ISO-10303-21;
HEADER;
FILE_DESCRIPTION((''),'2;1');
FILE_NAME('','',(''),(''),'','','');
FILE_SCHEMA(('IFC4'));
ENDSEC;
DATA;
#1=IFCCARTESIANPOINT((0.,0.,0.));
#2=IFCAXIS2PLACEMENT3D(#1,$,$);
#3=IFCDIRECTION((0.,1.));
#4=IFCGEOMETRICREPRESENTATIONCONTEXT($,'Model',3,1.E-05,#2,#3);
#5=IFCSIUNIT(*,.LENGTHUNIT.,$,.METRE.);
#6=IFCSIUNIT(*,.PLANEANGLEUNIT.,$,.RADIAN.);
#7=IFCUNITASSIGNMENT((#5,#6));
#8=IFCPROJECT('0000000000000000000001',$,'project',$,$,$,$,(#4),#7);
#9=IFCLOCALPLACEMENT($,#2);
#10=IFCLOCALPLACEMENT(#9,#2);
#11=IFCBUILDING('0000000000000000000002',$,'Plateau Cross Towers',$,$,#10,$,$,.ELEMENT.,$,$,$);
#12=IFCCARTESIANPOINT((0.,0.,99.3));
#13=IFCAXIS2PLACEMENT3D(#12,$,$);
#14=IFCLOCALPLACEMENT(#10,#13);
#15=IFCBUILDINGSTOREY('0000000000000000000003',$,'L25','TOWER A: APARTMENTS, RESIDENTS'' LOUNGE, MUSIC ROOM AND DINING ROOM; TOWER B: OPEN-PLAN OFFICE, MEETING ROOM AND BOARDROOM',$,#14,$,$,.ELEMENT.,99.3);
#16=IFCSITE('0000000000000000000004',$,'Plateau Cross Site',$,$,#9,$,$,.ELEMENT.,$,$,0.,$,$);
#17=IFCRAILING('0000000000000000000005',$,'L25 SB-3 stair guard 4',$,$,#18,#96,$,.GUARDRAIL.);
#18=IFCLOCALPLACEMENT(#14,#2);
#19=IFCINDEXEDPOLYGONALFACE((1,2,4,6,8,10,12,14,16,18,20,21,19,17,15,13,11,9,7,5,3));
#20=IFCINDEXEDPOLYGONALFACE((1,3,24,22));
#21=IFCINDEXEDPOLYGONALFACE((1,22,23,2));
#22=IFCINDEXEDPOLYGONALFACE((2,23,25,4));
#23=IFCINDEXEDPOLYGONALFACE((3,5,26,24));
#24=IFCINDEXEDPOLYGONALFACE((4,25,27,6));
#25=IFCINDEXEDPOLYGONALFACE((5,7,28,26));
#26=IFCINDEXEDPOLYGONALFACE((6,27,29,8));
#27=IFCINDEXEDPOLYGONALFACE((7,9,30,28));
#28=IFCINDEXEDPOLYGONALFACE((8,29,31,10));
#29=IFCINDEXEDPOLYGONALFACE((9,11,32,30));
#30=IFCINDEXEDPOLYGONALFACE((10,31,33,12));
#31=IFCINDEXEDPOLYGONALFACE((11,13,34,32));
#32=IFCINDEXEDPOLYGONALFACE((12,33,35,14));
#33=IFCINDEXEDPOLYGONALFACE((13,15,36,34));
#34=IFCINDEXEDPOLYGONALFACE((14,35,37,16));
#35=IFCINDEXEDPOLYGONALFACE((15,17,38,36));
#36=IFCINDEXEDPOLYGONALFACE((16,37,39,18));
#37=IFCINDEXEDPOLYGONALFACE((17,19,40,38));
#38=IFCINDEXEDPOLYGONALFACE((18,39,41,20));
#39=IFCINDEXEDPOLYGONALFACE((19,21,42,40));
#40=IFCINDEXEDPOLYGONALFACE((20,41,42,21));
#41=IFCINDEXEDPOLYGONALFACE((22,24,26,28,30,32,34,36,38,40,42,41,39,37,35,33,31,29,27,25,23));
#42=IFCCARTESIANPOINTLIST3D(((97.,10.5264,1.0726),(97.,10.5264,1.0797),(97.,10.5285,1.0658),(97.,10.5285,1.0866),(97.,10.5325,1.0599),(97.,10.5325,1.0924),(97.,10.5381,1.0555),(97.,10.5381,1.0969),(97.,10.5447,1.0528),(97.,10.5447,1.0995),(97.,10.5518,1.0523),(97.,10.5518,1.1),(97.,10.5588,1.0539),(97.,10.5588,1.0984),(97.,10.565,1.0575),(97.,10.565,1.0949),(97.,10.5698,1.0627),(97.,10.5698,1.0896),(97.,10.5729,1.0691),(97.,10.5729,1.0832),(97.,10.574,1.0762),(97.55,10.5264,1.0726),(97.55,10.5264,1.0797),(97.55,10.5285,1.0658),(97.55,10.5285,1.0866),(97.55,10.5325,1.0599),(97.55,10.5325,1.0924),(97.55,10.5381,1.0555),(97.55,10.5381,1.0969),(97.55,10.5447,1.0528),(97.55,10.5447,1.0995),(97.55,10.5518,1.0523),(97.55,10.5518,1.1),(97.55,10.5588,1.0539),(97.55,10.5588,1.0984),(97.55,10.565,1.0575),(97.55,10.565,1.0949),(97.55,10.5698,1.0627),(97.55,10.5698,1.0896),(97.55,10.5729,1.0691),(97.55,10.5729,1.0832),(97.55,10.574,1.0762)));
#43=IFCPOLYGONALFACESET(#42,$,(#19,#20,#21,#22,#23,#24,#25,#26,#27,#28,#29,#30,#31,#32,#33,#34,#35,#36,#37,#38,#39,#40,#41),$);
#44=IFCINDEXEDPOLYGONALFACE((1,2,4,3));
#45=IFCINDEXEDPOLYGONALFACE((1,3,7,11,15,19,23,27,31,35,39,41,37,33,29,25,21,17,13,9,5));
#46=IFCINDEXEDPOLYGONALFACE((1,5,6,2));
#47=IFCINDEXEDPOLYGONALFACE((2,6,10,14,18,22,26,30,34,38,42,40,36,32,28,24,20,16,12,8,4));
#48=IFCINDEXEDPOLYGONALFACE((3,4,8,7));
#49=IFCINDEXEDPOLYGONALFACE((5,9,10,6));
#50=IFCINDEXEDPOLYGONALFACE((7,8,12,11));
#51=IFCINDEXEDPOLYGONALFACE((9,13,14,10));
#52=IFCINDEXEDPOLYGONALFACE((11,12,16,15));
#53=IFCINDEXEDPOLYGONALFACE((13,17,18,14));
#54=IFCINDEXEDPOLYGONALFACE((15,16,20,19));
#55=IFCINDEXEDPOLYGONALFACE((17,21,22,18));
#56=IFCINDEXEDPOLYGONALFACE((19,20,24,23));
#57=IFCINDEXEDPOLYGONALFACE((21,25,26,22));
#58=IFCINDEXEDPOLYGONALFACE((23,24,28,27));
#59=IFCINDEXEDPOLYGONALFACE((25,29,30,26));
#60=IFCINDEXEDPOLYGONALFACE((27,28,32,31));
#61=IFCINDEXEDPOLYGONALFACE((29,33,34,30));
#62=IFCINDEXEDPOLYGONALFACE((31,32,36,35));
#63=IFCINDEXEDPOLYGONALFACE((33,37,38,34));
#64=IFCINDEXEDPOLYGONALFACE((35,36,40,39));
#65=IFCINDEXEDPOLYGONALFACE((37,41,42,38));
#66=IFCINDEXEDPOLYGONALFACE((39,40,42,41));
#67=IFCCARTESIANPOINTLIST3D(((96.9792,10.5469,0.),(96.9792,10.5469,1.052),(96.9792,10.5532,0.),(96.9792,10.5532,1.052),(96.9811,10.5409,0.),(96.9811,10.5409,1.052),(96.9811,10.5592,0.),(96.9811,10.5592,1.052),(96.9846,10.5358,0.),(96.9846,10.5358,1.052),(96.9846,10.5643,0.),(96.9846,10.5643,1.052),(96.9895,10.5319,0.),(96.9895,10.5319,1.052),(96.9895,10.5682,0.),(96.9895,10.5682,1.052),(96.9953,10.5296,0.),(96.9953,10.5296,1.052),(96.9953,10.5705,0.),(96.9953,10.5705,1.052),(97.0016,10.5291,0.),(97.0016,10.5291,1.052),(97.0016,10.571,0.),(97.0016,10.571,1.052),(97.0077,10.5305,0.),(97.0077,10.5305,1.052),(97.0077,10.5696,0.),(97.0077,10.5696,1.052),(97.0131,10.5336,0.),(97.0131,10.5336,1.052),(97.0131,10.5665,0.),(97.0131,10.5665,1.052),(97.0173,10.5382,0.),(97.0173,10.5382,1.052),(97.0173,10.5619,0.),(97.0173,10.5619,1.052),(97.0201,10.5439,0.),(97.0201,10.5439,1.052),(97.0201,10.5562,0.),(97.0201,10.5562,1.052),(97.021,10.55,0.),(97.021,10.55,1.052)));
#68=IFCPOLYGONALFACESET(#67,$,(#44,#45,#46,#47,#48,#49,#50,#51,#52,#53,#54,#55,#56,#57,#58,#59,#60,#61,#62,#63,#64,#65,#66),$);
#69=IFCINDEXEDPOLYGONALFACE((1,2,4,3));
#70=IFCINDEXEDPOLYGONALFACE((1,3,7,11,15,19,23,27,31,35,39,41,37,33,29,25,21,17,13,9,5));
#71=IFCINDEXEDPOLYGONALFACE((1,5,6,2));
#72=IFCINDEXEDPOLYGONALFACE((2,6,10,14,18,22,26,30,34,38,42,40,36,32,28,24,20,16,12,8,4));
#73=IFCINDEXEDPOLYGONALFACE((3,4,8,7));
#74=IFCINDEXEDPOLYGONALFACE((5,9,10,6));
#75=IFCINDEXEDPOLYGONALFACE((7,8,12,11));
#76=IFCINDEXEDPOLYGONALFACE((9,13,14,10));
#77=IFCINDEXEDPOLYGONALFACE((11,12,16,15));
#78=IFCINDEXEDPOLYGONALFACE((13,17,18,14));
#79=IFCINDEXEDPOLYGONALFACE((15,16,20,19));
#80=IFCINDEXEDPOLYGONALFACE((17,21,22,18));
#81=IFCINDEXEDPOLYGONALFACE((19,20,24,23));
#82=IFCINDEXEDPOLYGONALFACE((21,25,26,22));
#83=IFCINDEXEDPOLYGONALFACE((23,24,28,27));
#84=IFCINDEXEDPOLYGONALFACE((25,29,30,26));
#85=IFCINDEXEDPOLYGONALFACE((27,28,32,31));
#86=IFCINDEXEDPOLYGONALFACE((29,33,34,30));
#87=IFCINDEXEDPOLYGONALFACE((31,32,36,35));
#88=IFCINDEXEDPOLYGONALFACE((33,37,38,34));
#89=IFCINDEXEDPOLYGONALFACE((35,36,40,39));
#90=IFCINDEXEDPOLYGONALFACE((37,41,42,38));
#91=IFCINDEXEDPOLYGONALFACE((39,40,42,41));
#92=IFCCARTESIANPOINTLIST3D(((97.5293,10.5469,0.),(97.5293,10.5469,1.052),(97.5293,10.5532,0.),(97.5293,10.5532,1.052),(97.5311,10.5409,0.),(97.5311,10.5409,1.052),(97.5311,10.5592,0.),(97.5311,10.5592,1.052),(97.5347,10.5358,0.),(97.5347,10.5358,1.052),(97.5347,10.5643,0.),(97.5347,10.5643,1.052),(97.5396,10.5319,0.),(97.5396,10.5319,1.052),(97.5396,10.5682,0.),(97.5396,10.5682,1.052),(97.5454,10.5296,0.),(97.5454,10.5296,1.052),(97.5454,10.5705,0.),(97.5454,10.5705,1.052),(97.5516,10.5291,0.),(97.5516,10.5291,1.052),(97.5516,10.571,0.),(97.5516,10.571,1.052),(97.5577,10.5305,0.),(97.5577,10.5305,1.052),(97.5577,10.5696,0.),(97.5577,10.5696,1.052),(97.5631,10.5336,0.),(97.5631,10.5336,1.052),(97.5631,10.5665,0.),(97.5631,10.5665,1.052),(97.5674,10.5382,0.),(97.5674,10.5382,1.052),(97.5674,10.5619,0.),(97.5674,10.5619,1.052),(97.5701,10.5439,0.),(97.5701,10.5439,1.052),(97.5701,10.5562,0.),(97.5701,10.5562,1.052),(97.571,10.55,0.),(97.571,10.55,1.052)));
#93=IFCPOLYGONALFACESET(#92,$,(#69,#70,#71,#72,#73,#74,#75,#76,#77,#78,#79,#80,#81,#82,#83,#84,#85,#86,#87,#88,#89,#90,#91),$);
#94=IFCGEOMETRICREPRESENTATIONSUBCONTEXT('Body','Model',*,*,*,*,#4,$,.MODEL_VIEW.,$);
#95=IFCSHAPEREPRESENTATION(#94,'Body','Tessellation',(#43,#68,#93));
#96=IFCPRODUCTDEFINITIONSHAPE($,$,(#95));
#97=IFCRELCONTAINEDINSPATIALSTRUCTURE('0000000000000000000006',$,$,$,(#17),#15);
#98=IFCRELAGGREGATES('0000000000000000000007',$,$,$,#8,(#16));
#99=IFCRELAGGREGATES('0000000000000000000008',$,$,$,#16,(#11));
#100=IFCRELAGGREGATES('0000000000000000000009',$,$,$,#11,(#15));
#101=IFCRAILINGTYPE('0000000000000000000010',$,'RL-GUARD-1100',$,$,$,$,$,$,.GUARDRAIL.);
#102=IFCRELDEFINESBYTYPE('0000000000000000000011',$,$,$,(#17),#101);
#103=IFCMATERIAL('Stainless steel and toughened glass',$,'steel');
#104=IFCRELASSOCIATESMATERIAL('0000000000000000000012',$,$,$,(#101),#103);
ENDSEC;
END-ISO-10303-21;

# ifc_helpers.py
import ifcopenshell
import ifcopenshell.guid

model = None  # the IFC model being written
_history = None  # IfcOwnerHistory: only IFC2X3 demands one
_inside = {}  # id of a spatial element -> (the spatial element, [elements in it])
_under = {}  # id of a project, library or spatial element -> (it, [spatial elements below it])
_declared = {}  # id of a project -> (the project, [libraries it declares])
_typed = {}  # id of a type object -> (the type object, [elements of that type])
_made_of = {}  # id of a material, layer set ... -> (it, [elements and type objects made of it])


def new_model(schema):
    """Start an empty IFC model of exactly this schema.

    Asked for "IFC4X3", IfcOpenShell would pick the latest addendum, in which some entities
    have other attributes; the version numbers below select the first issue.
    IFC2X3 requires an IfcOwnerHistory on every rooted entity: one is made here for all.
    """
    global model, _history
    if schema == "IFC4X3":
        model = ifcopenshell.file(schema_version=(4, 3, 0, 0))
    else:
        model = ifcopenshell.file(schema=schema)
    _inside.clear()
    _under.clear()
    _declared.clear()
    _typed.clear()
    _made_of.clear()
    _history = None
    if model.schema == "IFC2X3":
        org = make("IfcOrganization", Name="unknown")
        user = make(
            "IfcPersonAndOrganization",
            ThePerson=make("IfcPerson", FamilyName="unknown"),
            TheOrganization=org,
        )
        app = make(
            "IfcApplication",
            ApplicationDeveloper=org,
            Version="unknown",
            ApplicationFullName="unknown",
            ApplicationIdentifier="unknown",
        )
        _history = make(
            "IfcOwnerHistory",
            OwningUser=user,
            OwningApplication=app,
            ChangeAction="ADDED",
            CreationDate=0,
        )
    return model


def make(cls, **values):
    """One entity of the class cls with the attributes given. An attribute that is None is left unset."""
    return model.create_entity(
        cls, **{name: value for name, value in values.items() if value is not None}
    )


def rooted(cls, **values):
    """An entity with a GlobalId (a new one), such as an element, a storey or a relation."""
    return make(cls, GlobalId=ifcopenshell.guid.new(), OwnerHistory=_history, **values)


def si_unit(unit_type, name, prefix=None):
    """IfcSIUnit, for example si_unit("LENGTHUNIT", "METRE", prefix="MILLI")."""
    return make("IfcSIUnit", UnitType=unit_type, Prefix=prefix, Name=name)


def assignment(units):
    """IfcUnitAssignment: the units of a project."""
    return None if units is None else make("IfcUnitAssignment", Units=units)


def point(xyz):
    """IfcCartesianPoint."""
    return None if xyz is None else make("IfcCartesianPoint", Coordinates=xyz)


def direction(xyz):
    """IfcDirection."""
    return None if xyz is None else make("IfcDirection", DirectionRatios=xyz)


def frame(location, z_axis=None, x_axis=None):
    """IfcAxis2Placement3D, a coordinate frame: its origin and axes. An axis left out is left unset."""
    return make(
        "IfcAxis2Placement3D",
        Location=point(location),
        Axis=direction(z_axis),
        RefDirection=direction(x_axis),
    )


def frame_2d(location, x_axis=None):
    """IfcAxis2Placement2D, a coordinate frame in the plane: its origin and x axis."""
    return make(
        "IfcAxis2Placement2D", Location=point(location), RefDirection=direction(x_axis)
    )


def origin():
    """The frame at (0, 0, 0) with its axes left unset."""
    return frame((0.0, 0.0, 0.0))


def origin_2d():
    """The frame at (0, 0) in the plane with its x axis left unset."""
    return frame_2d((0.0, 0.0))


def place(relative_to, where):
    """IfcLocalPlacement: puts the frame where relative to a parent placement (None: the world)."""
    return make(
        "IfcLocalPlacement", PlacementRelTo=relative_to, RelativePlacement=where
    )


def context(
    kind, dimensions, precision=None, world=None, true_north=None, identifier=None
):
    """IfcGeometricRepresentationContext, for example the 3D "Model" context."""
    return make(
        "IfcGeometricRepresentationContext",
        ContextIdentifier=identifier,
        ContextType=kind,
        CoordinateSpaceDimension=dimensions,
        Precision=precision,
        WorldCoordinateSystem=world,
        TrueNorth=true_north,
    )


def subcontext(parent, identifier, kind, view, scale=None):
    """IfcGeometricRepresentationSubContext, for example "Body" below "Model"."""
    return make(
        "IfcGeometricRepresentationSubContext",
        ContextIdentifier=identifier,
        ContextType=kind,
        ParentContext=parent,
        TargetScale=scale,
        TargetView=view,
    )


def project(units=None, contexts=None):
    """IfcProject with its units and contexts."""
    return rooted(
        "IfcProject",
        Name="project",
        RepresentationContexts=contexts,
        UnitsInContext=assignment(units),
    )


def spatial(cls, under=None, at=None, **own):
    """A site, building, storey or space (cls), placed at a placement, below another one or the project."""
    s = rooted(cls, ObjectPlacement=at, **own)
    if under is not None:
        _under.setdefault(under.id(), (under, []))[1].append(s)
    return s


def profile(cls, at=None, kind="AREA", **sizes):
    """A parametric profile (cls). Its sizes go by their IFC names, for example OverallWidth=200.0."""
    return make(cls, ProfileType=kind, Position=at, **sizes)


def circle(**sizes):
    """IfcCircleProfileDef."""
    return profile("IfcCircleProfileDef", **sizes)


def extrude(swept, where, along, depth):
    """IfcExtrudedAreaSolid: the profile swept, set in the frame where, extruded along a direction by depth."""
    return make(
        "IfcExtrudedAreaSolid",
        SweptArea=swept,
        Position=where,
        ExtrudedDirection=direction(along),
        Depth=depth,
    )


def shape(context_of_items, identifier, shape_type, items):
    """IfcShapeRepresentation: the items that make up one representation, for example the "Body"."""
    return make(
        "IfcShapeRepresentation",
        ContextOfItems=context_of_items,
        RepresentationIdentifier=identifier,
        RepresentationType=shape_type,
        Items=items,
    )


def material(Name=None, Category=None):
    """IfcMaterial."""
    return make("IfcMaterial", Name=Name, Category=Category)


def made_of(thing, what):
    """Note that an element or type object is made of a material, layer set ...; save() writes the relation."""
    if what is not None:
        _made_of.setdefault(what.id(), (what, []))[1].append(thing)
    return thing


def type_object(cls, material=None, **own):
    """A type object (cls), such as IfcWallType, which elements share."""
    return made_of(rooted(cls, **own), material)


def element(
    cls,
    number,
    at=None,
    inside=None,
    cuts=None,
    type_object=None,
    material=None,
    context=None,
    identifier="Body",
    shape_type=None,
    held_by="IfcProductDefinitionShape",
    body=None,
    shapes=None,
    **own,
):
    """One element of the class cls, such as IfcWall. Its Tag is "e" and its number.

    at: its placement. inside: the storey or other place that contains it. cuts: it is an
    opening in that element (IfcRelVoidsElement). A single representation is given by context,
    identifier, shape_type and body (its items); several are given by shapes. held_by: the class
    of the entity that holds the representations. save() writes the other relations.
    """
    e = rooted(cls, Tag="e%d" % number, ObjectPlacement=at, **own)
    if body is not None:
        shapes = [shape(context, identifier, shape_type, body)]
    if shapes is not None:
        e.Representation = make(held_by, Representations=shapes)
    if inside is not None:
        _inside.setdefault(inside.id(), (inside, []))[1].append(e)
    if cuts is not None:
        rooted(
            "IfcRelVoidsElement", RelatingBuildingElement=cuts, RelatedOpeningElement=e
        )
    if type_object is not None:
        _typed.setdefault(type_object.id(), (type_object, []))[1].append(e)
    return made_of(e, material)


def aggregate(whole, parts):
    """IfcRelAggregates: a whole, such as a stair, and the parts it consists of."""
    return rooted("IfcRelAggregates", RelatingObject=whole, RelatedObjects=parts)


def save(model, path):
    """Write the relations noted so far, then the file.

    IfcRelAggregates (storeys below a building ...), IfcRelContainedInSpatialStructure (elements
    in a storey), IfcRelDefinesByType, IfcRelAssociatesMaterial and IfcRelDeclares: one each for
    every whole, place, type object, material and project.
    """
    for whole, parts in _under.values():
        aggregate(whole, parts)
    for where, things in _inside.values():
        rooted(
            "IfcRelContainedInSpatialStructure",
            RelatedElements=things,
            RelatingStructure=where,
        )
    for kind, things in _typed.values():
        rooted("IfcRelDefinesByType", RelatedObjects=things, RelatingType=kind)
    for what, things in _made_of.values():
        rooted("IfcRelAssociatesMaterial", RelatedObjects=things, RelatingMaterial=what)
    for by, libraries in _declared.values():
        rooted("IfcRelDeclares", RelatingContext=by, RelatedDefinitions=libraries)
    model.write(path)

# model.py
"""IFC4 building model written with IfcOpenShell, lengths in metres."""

from ifc_helpers import new_model, si_unit, direction, frame, origin, origin_2d, place, context, subcontext, project, spatial, circle, extrude, material, type_object, element, save


model = new_model("IFC4")

# Units and contexts
model_context = context("Model", 3, precision=1e-05, world=origin(), true_north=direction((0.0, 1.0)))
body_context = subcontext(model_context, "Body", "Model", "MODEL_VIEW")
ifc_project = project(units=[si_unit("LENGTHUNIT", "METRE"), si_unit("PLANEANGLEUNIT", "RADIAN")], contexts=[model_context])

# Site, building, storey
site_placement = place(None, origin())
site = spatial("IfcSite", under=ifc_project, at=site_placement, Name="Plateau Cross Site", CompositionType="ELEMENT", RefElevation=0.0)
building_placement = place(site_placement, origin())
building = spatial("IfcBuilding", under=site, at=building_placement, Name="Plateau Cross Towers", CompositionType="ELEMENT")
storey_placement = place(building_placement, frame((0.0, 0.0, 99.3)))
storey = spatial("IfcBuildingStorey", under=building, at=storey_placement, Name="L25", Description="TOWER A: APARTMENTS, RESIDENTS' LOUNGE, MUSIC ROOM AND DINING ROOM; TOWER B: OPEN-PLAN OFFICE, MEETING ROOM AND BOARDROOM", CompositionType="ELEMENT", Elevation=99.3)

# Railing
ifc_material_1 = material(Name="Stainless steel and toughened glass", Category="steel")
railing_type_1 = type_object("IfcRailingType", Name="RL-GUARD-1100", PredefinedType="GUARDRAIL", material=ifc_material_1)
railing_1_placement = place(storey_placement, frame((97.0, 10.55, 0.0)))
element("IfcRailing", 1, at=railing_1_placement, inside=storey, type_object=railing_type_1, Name="L25 SB-3 stair guard 4", PredefinedType="GUARDRAIL", context=body_context, shape_type="SweptSolid", body=[
    extrude(circle(Radius=0.0239, at=origin_2d()), frame((0.0, 0.0, 1.0762), z_axis=(1.0, 0.0, 0.0), x_axis=(0.0, 1.0, 0.0)), (0.0, 0.0, 1.0), 0.55),
    extrude(circle(Radius=0.021, at=origin_2d()), origin(), (0.0, 0.0, 1.0), 1.052),
    extrude(circle(Radius=0.021, at=origin_2d()), frame((0.55, 0.0, 0.0)), (0.0, 0.0, 1.0), 1.052),
])

save(model, "model.ifc")
